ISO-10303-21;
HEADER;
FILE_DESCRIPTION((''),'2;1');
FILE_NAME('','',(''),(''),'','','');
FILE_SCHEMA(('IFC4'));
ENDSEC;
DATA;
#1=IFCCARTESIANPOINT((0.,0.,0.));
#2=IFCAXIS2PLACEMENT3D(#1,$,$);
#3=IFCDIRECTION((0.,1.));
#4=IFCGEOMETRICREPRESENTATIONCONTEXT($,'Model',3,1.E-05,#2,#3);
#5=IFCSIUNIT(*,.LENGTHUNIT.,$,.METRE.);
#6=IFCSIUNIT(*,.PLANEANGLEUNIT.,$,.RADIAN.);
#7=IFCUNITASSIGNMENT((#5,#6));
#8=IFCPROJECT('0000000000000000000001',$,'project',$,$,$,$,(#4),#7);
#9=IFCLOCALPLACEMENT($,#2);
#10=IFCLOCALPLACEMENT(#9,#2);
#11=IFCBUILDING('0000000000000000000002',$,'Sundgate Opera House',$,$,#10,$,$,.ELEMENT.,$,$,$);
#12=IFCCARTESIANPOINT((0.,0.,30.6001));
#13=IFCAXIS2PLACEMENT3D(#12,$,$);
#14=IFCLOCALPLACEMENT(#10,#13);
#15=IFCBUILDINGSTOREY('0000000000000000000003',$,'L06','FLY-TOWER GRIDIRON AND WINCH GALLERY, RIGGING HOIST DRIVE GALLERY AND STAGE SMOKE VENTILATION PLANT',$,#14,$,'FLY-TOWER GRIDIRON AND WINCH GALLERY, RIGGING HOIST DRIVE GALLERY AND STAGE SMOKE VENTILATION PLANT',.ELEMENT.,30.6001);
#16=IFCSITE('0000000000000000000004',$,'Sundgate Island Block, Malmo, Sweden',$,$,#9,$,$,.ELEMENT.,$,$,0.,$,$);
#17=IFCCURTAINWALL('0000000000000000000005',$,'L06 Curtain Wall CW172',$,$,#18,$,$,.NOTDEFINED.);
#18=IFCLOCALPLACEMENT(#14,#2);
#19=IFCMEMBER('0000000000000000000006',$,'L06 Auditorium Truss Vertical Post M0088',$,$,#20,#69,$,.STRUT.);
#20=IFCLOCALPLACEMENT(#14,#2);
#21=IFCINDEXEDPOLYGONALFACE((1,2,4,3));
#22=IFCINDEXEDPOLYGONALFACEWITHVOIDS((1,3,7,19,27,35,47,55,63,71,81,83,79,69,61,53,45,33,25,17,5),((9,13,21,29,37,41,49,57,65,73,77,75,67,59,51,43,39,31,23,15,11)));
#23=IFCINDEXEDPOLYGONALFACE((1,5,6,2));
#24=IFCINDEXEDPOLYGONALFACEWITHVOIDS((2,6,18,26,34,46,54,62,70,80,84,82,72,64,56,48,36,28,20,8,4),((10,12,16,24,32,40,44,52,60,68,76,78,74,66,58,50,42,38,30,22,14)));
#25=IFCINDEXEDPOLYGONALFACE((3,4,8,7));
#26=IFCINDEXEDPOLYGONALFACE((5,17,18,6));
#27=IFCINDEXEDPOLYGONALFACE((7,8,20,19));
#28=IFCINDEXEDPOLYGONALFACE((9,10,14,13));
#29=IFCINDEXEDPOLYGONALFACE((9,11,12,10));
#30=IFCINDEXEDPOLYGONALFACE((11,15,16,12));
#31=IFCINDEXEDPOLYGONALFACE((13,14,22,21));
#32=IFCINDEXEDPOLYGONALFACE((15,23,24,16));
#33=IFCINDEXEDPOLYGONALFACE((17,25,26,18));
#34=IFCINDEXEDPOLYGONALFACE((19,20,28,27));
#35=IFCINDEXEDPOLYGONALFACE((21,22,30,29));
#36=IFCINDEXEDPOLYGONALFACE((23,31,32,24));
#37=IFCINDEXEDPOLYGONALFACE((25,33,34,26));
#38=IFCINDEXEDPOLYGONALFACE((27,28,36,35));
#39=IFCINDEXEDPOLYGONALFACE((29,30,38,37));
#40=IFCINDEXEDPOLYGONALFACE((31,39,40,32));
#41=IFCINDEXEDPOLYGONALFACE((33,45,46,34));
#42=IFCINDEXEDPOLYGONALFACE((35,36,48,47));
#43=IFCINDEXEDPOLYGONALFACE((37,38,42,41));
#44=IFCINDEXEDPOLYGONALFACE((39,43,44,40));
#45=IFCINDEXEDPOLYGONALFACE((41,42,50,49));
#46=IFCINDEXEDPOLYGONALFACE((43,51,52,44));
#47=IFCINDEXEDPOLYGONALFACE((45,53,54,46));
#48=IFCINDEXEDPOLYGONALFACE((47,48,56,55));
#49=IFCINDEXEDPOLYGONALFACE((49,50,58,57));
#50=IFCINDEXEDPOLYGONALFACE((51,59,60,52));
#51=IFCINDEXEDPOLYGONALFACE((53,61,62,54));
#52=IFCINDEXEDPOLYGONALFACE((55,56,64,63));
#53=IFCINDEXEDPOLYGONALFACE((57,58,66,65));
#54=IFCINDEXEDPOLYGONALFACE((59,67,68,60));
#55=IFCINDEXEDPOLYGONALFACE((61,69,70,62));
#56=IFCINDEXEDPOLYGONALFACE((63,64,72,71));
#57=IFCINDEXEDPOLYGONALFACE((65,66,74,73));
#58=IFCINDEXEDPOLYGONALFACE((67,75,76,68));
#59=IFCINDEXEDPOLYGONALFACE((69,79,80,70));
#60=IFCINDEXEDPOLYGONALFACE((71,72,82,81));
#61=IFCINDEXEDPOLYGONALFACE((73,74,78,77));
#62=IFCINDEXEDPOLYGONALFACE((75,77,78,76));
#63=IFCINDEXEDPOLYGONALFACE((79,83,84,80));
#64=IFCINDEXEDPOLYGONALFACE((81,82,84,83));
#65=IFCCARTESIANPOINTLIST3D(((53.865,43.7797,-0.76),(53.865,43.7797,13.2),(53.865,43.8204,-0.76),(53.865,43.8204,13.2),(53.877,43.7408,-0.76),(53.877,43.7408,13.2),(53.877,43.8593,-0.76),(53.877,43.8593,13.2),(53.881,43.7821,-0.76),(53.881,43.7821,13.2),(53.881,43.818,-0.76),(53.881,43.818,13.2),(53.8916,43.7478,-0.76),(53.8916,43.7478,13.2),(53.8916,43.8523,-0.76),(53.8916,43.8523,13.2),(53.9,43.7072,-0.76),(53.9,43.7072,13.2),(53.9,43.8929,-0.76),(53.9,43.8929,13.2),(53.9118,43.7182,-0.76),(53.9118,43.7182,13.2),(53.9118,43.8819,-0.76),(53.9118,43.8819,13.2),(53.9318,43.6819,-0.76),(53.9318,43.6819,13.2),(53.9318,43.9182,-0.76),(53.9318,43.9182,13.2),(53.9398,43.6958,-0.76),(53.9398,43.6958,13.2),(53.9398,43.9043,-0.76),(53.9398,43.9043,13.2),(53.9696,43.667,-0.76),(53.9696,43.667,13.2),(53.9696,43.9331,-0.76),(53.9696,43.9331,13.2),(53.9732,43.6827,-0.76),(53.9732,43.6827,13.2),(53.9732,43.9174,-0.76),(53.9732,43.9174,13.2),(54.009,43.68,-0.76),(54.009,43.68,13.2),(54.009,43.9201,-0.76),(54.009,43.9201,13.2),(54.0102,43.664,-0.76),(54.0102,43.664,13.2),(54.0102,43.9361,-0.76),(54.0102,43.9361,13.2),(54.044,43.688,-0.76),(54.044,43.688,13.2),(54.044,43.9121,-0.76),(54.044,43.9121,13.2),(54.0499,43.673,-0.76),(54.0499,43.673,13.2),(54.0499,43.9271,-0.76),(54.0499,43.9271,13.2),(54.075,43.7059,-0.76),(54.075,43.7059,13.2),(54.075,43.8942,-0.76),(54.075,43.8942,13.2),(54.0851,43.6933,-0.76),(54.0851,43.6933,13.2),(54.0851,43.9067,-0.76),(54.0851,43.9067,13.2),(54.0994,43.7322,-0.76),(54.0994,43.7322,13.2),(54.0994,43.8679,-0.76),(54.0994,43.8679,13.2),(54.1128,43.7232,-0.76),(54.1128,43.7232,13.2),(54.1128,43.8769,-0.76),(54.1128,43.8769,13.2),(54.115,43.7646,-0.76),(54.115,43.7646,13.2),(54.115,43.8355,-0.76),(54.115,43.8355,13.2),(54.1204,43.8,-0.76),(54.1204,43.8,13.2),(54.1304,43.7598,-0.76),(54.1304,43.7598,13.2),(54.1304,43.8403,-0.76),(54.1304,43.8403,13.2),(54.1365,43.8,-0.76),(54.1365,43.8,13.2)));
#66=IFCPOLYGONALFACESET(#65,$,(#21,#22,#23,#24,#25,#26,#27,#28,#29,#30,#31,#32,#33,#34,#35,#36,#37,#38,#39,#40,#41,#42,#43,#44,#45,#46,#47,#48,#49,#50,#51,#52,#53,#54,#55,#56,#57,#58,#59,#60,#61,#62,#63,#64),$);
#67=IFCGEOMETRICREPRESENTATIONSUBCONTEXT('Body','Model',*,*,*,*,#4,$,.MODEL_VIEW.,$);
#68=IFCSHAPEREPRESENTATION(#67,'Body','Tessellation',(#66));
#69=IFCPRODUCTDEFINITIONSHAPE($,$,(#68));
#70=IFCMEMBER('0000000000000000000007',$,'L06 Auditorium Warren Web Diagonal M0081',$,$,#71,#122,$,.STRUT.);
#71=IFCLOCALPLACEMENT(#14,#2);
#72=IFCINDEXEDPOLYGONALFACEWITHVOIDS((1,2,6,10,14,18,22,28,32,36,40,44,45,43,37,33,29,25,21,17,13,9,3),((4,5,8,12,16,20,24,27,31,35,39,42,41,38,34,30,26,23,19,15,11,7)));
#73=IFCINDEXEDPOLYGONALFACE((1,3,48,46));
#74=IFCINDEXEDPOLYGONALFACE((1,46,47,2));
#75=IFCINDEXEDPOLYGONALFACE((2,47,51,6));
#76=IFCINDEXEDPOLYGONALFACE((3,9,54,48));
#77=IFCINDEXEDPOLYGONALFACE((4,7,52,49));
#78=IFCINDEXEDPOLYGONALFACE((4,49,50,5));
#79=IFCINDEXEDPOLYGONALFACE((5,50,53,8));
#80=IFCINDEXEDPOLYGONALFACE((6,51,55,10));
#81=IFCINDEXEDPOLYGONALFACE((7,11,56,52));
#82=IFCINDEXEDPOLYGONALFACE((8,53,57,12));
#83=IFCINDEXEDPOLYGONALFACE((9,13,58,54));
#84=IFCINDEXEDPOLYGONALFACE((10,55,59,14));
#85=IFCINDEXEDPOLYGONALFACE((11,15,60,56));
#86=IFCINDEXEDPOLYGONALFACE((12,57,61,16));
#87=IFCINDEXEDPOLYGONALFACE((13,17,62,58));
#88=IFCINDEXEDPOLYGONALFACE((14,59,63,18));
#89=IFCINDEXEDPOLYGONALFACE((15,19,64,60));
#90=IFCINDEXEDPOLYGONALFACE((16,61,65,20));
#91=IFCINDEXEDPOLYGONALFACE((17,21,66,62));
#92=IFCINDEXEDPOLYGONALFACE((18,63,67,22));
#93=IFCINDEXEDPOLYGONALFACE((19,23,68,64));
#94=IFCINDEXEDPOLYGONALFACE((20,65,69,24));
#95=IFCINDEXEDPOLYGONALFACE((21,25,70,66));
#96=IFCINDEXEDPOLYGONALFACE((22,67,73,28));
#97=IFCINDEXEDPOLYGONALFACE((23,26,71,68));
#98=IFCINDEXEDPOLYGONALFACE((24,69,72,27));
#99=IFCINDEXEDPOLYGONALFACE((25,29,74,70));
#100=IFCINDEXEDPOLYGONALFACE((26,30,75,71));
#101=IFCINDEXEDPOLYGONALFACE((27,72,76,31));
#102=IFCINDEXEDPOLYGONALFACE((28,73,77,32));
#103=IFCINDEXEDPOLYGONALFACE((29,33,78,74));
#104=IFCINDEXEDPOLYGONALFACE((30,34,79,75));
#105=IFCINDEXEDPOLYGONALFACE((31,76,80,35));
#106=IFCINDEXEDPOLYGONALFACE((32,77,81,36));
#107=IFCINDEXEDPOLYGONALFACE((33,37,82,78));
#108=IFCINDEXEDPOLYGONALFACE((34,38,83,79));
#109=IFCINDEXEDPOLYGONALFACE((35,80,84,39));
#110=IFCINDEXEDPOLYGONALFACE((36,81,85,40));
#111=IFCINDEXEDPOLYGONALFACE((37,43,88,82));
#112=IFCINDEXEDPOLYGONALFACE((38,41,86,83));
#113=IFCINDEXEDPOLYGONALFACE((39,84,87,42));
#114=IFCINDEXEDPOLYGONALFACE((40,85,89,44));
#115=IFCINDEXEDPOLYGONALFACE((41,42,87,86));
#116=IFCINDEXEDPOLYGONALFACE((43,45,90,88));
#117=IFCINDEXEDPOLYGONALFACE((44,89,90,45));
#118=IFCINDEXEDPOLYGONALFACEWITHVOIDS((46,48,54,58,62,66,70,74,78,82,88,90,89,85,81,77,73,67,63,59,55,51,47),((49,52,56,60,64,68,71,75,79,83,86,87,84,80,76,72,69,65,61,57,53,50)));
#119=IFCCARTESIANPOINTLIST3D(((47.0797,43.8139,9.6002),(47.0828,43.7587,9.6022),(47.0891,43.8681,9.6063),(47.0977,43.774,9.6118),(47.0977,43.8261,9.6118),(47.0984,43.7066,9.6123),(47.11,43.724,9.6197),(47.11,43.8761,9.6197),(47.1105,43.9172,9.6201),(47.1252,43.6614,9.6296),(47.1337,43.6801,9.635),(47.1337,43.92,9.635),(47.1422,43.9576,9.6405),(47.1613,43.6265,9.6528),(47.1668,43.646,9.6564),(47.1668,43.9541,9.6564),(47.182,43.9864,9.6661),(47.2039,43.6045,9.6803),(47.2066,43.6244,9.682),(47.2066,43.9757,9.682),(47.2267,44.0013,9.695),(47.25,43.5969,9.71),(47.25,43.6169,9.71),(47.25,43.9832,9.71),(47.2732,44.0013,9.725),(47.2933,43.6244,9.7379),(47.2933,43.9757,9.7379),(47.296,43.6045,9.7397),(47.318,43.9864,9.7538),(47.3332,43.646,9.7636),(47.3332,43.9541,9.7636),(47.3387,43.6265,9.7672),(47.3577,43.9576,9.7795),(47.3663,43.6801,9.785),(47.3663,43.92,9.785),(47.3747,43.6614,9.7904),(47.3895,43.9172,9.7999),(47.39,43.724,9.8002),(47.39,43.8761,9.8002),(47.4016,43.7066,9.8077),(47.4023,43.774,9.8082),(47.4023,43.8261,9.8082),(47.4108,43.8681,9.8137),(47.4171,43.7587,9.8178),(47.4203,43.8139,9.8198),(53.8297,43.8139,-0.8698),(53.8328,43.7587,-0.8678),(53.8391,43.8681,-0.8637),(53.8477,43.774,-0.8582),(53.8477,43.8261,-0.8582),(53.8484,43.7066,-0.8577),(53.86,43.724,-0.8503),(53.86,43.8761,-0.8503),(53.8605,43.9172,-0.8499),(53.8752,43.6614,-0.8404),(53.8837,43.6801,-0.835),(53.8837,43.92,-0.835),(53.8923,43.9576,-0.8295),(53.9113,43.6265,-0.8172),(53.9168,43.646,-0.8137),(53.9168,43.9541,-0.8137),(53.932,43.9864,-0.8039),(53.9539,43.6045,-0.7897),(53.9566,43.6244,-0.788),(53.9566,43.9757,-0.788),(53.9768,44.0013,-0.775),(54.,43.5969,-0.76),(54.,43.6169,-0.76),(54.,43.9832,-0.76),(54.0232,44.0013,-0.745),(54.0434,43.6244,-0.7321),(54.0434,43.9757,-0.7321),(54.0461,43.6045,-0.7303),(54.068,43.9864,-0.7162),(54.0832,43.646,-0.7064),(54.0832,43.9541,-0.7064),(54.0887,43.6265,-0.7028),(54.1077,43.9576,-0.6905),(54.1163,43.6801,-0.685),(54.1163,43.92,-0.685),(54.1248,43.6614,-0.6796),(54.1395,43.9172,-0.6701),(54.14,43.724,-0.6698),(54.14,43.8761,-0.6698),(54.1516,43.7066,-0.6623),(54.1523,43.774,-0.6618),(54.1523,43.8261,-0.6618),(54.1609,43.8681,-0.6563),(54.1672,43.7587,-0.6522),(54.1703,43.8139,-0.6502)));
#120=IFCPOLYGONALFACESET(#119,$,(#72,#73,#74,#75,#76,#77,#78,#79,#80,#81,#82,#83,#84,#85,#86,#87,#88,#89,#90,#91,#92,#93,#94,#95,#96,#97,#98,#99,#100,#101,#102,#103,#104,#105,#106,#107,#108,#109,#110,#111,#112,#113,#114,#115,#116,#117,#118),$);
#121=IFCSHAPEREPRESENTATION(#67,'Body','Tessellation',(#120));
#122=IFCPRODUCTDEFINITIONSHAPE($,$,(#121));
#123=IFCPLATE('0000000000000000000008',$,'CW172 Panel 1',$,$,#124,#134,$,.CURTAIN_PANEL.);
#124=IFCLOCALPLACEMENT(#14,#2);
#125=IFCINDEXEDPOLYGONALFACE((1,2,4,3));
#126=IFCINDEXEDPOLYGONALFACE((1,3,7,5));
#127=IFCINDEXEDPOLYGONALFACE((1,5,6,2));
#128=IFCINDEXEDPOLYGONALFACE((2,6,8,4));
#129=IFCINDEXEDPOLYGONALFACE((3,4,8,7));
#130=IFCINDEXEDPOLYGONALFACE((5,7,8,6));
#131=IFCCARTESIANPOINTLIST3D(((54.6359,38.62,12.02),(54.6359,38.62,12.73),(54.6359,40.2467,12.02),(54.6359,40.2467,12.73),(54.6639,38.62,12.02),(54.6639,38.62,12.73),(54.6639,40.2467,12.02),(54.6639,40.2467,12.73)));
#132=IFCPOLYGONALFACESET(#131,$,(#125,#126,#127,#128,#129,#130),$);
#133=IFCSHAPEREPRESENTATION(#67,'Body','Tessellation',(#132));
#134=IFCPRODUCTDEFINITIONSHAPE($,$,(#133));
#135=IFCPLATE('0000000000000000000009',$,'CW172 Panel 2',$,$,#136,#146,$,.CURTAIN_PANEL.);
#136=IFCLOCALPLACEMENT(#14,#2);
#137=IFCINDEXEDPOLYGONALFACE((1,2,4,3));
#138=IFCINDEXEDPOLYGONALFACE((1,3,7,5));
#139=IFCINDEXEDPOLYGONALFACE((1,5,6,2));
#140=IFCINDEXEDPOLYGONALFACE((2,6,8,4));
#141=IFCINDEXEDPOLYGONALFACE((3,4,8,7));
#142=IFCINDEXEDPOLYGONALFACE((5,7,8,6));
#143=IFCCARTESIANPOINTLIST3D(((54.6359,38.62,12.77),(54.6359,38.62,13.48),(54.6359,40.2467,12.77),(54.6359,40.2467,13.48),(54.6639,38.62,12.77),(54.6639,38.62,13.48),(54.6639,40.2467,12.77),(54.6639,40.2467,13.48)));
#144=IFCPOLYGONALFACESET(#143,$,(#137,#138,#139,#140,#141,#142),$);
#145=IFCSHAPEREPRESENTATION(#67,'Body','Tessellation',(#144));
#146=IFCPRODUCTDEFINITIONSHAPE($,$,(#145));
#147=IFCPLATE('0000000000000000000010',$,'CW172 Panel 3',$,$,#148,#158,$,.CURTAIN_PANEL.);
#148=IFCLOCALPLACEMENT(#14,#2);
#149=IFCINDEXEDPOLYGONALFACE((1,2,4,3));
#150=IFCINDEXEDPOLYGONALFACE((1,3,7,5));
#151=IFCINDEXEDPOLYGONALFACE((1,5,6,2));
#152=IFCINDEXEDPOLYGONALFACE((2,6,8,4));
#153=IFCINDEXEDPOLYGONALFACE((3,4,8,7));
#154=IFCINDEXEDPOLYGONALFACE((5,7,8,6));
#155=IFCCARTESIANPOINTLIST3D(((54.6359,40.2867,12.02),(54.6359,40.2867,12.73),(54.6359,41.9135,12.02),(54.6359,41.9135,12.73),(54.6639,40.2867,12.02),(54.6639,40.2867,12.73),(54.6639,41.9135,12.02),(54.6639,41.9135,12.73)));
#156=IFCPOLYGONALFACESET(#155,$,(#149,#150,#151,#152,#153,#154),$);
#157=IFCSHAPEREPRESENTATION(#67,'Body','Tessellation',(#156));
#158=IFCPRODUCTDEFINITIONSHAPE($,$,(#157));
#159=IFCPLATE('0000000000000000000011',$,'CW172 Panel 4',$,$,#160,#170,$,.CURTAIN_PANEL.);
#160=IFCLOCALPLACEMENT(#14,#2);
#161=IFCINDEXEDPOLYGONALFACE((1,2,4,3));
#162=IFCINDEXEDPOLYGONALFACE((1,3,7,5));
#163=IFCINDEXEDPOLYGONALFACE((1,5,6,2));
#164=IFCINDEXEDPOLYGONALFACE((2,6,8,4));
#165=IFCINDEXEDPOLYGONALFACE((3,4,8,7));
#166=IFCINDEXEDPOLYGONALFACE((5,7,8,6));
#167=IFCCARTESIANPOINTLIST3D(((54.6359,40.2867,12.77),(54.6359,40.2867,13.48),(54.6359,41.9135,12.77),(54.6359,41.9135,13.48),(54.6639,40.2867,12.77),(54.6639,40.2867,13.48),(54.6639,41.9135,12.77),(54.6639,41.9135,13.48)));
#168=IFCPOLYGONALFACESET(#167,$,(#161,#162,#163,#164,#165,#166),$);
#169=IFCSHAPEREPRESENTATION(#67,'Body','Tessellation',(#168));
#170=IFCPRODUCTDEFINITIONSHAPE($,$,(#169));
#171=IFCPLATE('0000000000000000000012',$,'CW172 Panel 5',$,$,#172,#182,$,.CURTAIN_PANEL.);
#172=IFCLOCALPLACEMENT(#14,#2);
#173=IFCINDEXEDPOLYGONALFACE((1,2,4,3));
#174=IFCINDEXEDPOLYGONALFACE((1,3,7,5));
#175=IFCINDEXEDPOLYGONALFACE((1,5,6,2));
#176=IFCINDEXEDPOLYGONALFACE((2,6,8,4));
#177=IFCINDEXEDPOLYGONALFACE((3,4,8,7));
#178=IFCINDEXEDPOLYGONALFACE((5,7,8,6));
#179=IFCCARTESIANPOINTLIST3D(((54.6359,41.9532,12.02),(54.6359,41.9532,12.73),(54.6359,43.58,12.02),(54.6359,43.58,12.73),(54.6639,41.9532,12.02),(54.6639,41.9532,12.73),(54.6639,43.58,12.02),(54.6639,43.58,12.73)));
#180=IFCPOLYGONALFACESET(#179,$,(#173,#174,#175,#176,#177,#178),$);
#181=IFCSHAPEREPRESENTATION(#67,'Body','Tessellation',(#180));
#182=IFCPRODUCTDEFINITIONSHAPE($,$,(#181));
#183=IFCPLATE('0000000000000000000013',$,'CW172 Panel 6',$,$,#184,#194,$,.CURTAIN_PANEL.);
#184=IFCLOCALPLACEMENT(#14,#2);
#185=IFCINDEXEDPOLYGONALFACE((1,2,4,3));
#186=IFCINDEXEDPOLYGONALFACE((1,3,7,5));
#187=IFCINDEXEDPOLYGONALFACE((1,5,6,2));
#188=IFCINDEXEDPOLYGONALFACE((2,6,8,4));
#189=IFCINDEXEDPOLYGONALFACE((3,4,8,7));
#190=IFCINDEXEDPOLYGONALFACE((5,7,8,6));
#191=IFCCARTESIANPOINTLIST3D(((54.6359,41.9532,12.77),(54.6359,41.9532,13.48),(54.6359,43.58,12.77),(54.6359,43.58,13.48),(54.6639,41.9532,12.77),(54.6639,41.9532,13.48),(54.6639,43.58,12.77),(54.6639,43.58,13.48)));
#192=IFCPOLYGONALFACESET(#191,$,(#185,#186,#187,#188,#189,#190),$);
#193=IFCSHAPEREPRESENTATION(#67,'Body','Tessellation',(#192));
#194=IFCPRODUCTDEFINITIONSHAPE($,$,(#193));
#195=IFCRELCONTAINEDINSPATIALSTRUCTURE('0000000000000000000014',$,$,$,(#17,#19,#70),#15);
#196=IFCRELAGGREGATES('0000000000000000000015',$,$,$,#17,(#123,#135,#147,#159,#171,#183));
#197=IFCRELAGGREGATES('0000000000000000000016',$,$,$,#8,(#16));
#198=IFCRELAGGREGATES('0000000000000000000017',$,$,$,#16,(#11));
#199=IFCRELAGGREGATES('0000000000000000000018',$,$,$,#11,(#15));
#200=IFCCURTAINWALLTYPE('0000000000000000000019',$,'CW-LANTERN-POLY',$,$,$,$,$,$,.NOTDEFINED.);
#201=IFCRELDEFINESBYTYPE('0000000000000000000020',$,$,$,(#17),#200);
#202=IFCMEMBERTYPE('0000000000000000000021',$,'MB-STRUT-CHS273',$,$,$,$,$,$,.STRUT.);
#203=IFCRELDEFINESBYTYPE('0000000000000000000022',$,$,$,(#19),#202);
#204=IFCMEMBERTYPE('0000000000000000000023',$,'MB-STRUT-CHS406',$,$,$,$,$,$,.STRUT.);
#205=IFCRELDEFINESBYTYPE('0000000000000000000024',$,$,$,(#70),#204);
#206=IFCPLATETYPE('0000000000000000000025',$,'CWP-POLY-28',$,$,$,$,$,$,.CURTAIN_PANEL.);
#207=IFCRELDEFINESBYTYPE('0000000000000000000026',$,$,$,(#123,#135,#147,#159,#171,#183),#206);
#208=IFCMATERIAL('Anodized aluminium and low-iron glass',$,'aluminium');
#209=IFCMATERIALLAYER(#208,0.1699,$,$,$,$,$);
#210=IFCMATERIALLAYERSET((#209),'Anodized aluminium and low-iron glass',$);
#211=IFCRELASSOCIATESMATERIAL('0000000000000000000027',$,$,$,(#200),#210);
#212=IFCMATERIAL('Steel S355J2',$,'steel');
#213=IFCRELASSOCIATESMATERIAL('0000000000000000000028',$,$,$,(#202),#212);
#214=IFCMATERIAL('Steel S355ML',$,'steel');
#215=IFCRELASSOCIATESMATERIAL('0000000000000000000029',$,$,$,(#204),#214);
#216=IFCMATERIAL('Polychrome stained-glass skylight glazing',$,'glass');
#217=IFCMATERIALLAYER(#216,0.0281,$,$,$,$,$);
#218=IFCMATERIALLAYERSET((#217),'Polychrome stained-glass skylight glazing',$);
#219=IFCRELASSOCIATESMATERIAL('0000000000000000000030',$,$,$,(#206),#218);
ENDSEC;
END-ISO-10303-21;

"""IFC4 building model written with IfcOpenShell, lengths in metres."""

from ifc_helpers import new_model, si_unit, direction, frame, origin, origin_2d, place, context, subcontext, project, spatial, rectangle, hollow_circle, extrude, material, layer, layer_set, material_profile, profile_set, type_object, element, aggregate, save


model = new_model("IFC4")

# Units and contexts
model_context = context("Model", 3, precision=1e-05, world=origin(), true_north=direction((0.0, 1.0)))
body_context = subcontext(model_context, "Body", "Model", "MODEL_VIEW")
ifc_project = project(units=[si_unit("LENGTHUNIT", "METRE"), si_unit("PLANEANGLEUNIT", "RADIAN")], contexts=[model_context])

# Site, building, storey
site_placement = place(None, origin())
site = spatial("IfcSite", under=ifc_project, at=site_placement, Name="Sundgate Island Block, Malmo, Sweden", CompositionType="ELEMENT", RefElevation=0.0)
building_placement = place(site_placement, origin())
building = spatial("IfcBuilding", under=site, at=building_placement, Name="Sundgate Opera House", CompositionType="ELEMENT")
storey_placement = place(building_placement, frame((0.0, 0.0, 30.6001)))
storey = spatial("IfcBuildingStorey", under=building, at=storey_placement, Name="L06", Description="FLY-TOWER GRIDIRON AND WINCH GALLERY, RIGGING HOIST DRIVE GALLERY AND STAGE SMOKE VENTILATION PLANT", LongName="FLY-TOWER GRIDIRON AND WINCH GALLERY, RIGGING HOIST DRIVE GALLERY AND STAGE SMOKE VENTILATION PLANT", CompositionType="ELEMENT", Elevation=30.6001)

# Shared definitions
ifc_material_1 = material(Name="Anodized aluminium and low-iron glass", Category="aluminium")
ifc_layer_1 = layer(ifc_material_1, 0.1699)
ifc_layer_set_1 = layer_set([ifc_layer_1], Name="Anodized aluminium and low-iron glass")
curtain_wall_type = type_object("IfcCurtainWallType", Name="CW-LANTERN-POLY", PredefinedType="NOTDEFINED", material=ifc_layer_set_1)

# Curtain wall
curtain_wall_1_placement = place(storey_placement, origin())
curtain_wall_1 = element("IfcCurtainWall", 1, at=curtain_wall_1_placement, inside=storey, type_object=curtain_wall_type, Name="L06 Curtain Wall CW172", PredefinedType="NOTDEFINED")

# Members
ifc_material_2 = material(Name="Steel S355J2", Category="steel")
ifc_material_profile_1 = material_profile(ifc_material_2, hollow_circle(Radius=0.1365, WallThickness=0.0161, at=origin_2d()), Name="CHS 273.0x16.0")
ifc_profile_set_1 = profile_set([ifc_material_profile_1], Name="Steel S355J2")
member_type_1 = type_object("IfcMemberType", Name="MB-STRUT-CHS273", PredefinedType="STRUT", material=ifc_profile_set_1)
member_1_placement = place(storey_placement, frame((54.0, 43.8, -0.76), z_axis=(0.0, 0.0, 1.0), x_axis=(1.0, 0.0, 0.0)))
element("IfcMember", 2, at=member_1_placement, inside=storey, type_object=member_type_1, Name="L06 Auditorium Truss Vertical Post M0088", PredefinedType="STRUT", context=body_context, shape_type="SweptSolid", body=[
    extrude(hollow_circle(Radius=0.1365, WallThickness=0.0161, at=origin_2d()), origin(), (0.0, 0.0, 1.0), 13.96),
])
ifc_material_3 = material(Name="Steel S355ML", Category="steel")
ifc_material_profile_2 = material_profile(ifc_material_3, hollow_circle(Radius=0.2031, WallThickness=0.02, at=origin_2d()), Name="CHS 406.4x20.0")
ifc_profile_set_2 = profile_set([ifc_material_profile_2], Name="Steel S355ML")
member_type_2 = type_object("IfcMemberType", Name="MB-STRUT-CHS406", PredefinedType="STRUT", material=ifc_profile_set_2)
member_2_placement = place(storey_placement, frame((54.0, 43.8, -0.76), z_axis=(-0.541854, 0.0, 0.840473), x_axis=(0.0, -1.0, 0.0)))
element("IfcMember", 3, at=member_2_placement, inside=storey, type_object=member_type_2, Name="L06 Auditorium Warren Web Diagonal M0081", PredefinedType="STRUT", context=body_context, shape_type="SweptSolid", body=[
    extrude(hollow_circle(Radius=0.2031, WallThickness=0.02, at=origin_2d()), origin(), (0.0, 0.0, 1.0), 12.4573),
])

# Plates
ifc_material_4 = material(Name="Polychrome stained-glass skylight glazing", Category="glass")
ifc_layer_2 = layer(ifc_material_4, 0.0281)
ifc_layer_set_2 = layer_set([ifc_layer_2], Name="Polychrome stained-glass skylight glazing")
plate_type_1 = type_object("IfcPlateType", Name="CWP-POLY-28", PredefinedType="CURTAIN_PANEL", material=ifc_layer_set_2)
plate_1_placement = place(storey_placement, frame((54.6499, 39.4333, 12.02), z_axis=(0.0, 0.0, 1.0), x_axis=(0.0, 1.0, 0.0)))
plate_1 = element("IfcPlate", 4, at=plate_1_placement, type_object=plate_type_1, Name="CW172 Panel 1", PredefinedType="CURTAIN_PANEL", context=body_context, shape_type="SweptSolid", body=[
    extrude(rectangle(XDim=1.6267, YDim=0.0281, at=origin_2d()), origin(), (0.0, 0.0, 1.0), 0.71),
])
plate_2_placement = place(storey_placement, frame((54.6499, 39.4333, 12.77), z_axis=(0.0, 0.0, 1.0), x_axis=(0.0, 1.0, 0.0)))
plate_2 = element("IfcPlate", 5, at=plate_2_placement, type_object=plate_type_1, Name="CW172 Panel 2", PredefinedType="CURTAIN_PANEL", context=body_context, shape_type="SweptSolid", body=[
    extrude(rectangle(XDim=1.6267, YDim=0.0281, at=origin_2d()), origin(), (0.0, 0.0, 1.0), 0.71),
])
plate_3_placement = place(storey_placement, frame((54.6499, 41.1001, 12.02), z_axis=(0.0, 0.0, 1.0), x_axis=(0.0, 1.0, 0.0)))
plate_3 = element("IfcPlate", 6, at=plate_3_placement, type_object=plate_type_1, Name="CW172 Panel 3", PredefinedType="CURTAIN_PANEL", context=body_context, shape_type="SweptSolid", body=[
    extrude(rectangle(XDim=1.6267, YDim=0.0281, at=origin_2d()), origin(), (0.0, 0.0, 1.0), 0.71),
])
plate_4_placement = place(storey_placement, frame((54.6499, 41.1001, 12.77), z_axis=(0.0, 0.0, 1.0), x_axis=(0.0, 1.0, 0.0)))
plate_4 = element("IfcPlate", 7, at=plate_4_placement, type_object=plate_type_1, Name="CW172 Panel 4", PredefinedType="CURTAIN_PANEL", context=body_context, shape_type="SweptSolid", body=[
    extrude(rectangle(XDim=1.6267, YDim=0.0281, at=origin_2d()), origin(), (0.0, 0.0, 1.0), 0.71),
])
plate_5_placement = place(storey_placement, frame((54.6499, 42.7666, 12.02), z_axis=(0.0, 0.0, 1.0), x_axis=(0.0, 1.0, 0.0)))
plate_5 = element("IfcPlate", 8, at=plate_5_placement, type_object=plate_type_1, Name="CW172 Panel 5", PredefinedType="CURTAIN_PANEL", context=body_context, shape_type="SweptSolid", body=[
    extrude(rectangle(XDim=1.6267, YDim=0.0281, at=origin_2d()), origin(), (0.0, 0.0, 1.0), 0.71),
])
plate_6_placement = place(storey_placement, frame((54.6499, 42.7666, 12.77), z_axis=(0.0, 0.0, 1.0), x_axis=(0.0, 1.0, 0.0)))
plate_6 = element("IfcPlate", 9, at=plate_6_placement, type_object=plate_type_1, Name="CW172 Panel 6", PredefinedType="CURTAIN_PANEL", context=body_context, shape_type="SweptSolid", body=[
    extrude(rectangle(XDim=1.6267, YDim=0.0281, at=origin_2d()), origin(), (0.0, 0.0, 1.0), 0.71),
])
aggregate(curtain_wall_1, [plate_1, plate_2, plate_3, plate_4, plate_5, plate_6])

save(model, "model.ifc")
